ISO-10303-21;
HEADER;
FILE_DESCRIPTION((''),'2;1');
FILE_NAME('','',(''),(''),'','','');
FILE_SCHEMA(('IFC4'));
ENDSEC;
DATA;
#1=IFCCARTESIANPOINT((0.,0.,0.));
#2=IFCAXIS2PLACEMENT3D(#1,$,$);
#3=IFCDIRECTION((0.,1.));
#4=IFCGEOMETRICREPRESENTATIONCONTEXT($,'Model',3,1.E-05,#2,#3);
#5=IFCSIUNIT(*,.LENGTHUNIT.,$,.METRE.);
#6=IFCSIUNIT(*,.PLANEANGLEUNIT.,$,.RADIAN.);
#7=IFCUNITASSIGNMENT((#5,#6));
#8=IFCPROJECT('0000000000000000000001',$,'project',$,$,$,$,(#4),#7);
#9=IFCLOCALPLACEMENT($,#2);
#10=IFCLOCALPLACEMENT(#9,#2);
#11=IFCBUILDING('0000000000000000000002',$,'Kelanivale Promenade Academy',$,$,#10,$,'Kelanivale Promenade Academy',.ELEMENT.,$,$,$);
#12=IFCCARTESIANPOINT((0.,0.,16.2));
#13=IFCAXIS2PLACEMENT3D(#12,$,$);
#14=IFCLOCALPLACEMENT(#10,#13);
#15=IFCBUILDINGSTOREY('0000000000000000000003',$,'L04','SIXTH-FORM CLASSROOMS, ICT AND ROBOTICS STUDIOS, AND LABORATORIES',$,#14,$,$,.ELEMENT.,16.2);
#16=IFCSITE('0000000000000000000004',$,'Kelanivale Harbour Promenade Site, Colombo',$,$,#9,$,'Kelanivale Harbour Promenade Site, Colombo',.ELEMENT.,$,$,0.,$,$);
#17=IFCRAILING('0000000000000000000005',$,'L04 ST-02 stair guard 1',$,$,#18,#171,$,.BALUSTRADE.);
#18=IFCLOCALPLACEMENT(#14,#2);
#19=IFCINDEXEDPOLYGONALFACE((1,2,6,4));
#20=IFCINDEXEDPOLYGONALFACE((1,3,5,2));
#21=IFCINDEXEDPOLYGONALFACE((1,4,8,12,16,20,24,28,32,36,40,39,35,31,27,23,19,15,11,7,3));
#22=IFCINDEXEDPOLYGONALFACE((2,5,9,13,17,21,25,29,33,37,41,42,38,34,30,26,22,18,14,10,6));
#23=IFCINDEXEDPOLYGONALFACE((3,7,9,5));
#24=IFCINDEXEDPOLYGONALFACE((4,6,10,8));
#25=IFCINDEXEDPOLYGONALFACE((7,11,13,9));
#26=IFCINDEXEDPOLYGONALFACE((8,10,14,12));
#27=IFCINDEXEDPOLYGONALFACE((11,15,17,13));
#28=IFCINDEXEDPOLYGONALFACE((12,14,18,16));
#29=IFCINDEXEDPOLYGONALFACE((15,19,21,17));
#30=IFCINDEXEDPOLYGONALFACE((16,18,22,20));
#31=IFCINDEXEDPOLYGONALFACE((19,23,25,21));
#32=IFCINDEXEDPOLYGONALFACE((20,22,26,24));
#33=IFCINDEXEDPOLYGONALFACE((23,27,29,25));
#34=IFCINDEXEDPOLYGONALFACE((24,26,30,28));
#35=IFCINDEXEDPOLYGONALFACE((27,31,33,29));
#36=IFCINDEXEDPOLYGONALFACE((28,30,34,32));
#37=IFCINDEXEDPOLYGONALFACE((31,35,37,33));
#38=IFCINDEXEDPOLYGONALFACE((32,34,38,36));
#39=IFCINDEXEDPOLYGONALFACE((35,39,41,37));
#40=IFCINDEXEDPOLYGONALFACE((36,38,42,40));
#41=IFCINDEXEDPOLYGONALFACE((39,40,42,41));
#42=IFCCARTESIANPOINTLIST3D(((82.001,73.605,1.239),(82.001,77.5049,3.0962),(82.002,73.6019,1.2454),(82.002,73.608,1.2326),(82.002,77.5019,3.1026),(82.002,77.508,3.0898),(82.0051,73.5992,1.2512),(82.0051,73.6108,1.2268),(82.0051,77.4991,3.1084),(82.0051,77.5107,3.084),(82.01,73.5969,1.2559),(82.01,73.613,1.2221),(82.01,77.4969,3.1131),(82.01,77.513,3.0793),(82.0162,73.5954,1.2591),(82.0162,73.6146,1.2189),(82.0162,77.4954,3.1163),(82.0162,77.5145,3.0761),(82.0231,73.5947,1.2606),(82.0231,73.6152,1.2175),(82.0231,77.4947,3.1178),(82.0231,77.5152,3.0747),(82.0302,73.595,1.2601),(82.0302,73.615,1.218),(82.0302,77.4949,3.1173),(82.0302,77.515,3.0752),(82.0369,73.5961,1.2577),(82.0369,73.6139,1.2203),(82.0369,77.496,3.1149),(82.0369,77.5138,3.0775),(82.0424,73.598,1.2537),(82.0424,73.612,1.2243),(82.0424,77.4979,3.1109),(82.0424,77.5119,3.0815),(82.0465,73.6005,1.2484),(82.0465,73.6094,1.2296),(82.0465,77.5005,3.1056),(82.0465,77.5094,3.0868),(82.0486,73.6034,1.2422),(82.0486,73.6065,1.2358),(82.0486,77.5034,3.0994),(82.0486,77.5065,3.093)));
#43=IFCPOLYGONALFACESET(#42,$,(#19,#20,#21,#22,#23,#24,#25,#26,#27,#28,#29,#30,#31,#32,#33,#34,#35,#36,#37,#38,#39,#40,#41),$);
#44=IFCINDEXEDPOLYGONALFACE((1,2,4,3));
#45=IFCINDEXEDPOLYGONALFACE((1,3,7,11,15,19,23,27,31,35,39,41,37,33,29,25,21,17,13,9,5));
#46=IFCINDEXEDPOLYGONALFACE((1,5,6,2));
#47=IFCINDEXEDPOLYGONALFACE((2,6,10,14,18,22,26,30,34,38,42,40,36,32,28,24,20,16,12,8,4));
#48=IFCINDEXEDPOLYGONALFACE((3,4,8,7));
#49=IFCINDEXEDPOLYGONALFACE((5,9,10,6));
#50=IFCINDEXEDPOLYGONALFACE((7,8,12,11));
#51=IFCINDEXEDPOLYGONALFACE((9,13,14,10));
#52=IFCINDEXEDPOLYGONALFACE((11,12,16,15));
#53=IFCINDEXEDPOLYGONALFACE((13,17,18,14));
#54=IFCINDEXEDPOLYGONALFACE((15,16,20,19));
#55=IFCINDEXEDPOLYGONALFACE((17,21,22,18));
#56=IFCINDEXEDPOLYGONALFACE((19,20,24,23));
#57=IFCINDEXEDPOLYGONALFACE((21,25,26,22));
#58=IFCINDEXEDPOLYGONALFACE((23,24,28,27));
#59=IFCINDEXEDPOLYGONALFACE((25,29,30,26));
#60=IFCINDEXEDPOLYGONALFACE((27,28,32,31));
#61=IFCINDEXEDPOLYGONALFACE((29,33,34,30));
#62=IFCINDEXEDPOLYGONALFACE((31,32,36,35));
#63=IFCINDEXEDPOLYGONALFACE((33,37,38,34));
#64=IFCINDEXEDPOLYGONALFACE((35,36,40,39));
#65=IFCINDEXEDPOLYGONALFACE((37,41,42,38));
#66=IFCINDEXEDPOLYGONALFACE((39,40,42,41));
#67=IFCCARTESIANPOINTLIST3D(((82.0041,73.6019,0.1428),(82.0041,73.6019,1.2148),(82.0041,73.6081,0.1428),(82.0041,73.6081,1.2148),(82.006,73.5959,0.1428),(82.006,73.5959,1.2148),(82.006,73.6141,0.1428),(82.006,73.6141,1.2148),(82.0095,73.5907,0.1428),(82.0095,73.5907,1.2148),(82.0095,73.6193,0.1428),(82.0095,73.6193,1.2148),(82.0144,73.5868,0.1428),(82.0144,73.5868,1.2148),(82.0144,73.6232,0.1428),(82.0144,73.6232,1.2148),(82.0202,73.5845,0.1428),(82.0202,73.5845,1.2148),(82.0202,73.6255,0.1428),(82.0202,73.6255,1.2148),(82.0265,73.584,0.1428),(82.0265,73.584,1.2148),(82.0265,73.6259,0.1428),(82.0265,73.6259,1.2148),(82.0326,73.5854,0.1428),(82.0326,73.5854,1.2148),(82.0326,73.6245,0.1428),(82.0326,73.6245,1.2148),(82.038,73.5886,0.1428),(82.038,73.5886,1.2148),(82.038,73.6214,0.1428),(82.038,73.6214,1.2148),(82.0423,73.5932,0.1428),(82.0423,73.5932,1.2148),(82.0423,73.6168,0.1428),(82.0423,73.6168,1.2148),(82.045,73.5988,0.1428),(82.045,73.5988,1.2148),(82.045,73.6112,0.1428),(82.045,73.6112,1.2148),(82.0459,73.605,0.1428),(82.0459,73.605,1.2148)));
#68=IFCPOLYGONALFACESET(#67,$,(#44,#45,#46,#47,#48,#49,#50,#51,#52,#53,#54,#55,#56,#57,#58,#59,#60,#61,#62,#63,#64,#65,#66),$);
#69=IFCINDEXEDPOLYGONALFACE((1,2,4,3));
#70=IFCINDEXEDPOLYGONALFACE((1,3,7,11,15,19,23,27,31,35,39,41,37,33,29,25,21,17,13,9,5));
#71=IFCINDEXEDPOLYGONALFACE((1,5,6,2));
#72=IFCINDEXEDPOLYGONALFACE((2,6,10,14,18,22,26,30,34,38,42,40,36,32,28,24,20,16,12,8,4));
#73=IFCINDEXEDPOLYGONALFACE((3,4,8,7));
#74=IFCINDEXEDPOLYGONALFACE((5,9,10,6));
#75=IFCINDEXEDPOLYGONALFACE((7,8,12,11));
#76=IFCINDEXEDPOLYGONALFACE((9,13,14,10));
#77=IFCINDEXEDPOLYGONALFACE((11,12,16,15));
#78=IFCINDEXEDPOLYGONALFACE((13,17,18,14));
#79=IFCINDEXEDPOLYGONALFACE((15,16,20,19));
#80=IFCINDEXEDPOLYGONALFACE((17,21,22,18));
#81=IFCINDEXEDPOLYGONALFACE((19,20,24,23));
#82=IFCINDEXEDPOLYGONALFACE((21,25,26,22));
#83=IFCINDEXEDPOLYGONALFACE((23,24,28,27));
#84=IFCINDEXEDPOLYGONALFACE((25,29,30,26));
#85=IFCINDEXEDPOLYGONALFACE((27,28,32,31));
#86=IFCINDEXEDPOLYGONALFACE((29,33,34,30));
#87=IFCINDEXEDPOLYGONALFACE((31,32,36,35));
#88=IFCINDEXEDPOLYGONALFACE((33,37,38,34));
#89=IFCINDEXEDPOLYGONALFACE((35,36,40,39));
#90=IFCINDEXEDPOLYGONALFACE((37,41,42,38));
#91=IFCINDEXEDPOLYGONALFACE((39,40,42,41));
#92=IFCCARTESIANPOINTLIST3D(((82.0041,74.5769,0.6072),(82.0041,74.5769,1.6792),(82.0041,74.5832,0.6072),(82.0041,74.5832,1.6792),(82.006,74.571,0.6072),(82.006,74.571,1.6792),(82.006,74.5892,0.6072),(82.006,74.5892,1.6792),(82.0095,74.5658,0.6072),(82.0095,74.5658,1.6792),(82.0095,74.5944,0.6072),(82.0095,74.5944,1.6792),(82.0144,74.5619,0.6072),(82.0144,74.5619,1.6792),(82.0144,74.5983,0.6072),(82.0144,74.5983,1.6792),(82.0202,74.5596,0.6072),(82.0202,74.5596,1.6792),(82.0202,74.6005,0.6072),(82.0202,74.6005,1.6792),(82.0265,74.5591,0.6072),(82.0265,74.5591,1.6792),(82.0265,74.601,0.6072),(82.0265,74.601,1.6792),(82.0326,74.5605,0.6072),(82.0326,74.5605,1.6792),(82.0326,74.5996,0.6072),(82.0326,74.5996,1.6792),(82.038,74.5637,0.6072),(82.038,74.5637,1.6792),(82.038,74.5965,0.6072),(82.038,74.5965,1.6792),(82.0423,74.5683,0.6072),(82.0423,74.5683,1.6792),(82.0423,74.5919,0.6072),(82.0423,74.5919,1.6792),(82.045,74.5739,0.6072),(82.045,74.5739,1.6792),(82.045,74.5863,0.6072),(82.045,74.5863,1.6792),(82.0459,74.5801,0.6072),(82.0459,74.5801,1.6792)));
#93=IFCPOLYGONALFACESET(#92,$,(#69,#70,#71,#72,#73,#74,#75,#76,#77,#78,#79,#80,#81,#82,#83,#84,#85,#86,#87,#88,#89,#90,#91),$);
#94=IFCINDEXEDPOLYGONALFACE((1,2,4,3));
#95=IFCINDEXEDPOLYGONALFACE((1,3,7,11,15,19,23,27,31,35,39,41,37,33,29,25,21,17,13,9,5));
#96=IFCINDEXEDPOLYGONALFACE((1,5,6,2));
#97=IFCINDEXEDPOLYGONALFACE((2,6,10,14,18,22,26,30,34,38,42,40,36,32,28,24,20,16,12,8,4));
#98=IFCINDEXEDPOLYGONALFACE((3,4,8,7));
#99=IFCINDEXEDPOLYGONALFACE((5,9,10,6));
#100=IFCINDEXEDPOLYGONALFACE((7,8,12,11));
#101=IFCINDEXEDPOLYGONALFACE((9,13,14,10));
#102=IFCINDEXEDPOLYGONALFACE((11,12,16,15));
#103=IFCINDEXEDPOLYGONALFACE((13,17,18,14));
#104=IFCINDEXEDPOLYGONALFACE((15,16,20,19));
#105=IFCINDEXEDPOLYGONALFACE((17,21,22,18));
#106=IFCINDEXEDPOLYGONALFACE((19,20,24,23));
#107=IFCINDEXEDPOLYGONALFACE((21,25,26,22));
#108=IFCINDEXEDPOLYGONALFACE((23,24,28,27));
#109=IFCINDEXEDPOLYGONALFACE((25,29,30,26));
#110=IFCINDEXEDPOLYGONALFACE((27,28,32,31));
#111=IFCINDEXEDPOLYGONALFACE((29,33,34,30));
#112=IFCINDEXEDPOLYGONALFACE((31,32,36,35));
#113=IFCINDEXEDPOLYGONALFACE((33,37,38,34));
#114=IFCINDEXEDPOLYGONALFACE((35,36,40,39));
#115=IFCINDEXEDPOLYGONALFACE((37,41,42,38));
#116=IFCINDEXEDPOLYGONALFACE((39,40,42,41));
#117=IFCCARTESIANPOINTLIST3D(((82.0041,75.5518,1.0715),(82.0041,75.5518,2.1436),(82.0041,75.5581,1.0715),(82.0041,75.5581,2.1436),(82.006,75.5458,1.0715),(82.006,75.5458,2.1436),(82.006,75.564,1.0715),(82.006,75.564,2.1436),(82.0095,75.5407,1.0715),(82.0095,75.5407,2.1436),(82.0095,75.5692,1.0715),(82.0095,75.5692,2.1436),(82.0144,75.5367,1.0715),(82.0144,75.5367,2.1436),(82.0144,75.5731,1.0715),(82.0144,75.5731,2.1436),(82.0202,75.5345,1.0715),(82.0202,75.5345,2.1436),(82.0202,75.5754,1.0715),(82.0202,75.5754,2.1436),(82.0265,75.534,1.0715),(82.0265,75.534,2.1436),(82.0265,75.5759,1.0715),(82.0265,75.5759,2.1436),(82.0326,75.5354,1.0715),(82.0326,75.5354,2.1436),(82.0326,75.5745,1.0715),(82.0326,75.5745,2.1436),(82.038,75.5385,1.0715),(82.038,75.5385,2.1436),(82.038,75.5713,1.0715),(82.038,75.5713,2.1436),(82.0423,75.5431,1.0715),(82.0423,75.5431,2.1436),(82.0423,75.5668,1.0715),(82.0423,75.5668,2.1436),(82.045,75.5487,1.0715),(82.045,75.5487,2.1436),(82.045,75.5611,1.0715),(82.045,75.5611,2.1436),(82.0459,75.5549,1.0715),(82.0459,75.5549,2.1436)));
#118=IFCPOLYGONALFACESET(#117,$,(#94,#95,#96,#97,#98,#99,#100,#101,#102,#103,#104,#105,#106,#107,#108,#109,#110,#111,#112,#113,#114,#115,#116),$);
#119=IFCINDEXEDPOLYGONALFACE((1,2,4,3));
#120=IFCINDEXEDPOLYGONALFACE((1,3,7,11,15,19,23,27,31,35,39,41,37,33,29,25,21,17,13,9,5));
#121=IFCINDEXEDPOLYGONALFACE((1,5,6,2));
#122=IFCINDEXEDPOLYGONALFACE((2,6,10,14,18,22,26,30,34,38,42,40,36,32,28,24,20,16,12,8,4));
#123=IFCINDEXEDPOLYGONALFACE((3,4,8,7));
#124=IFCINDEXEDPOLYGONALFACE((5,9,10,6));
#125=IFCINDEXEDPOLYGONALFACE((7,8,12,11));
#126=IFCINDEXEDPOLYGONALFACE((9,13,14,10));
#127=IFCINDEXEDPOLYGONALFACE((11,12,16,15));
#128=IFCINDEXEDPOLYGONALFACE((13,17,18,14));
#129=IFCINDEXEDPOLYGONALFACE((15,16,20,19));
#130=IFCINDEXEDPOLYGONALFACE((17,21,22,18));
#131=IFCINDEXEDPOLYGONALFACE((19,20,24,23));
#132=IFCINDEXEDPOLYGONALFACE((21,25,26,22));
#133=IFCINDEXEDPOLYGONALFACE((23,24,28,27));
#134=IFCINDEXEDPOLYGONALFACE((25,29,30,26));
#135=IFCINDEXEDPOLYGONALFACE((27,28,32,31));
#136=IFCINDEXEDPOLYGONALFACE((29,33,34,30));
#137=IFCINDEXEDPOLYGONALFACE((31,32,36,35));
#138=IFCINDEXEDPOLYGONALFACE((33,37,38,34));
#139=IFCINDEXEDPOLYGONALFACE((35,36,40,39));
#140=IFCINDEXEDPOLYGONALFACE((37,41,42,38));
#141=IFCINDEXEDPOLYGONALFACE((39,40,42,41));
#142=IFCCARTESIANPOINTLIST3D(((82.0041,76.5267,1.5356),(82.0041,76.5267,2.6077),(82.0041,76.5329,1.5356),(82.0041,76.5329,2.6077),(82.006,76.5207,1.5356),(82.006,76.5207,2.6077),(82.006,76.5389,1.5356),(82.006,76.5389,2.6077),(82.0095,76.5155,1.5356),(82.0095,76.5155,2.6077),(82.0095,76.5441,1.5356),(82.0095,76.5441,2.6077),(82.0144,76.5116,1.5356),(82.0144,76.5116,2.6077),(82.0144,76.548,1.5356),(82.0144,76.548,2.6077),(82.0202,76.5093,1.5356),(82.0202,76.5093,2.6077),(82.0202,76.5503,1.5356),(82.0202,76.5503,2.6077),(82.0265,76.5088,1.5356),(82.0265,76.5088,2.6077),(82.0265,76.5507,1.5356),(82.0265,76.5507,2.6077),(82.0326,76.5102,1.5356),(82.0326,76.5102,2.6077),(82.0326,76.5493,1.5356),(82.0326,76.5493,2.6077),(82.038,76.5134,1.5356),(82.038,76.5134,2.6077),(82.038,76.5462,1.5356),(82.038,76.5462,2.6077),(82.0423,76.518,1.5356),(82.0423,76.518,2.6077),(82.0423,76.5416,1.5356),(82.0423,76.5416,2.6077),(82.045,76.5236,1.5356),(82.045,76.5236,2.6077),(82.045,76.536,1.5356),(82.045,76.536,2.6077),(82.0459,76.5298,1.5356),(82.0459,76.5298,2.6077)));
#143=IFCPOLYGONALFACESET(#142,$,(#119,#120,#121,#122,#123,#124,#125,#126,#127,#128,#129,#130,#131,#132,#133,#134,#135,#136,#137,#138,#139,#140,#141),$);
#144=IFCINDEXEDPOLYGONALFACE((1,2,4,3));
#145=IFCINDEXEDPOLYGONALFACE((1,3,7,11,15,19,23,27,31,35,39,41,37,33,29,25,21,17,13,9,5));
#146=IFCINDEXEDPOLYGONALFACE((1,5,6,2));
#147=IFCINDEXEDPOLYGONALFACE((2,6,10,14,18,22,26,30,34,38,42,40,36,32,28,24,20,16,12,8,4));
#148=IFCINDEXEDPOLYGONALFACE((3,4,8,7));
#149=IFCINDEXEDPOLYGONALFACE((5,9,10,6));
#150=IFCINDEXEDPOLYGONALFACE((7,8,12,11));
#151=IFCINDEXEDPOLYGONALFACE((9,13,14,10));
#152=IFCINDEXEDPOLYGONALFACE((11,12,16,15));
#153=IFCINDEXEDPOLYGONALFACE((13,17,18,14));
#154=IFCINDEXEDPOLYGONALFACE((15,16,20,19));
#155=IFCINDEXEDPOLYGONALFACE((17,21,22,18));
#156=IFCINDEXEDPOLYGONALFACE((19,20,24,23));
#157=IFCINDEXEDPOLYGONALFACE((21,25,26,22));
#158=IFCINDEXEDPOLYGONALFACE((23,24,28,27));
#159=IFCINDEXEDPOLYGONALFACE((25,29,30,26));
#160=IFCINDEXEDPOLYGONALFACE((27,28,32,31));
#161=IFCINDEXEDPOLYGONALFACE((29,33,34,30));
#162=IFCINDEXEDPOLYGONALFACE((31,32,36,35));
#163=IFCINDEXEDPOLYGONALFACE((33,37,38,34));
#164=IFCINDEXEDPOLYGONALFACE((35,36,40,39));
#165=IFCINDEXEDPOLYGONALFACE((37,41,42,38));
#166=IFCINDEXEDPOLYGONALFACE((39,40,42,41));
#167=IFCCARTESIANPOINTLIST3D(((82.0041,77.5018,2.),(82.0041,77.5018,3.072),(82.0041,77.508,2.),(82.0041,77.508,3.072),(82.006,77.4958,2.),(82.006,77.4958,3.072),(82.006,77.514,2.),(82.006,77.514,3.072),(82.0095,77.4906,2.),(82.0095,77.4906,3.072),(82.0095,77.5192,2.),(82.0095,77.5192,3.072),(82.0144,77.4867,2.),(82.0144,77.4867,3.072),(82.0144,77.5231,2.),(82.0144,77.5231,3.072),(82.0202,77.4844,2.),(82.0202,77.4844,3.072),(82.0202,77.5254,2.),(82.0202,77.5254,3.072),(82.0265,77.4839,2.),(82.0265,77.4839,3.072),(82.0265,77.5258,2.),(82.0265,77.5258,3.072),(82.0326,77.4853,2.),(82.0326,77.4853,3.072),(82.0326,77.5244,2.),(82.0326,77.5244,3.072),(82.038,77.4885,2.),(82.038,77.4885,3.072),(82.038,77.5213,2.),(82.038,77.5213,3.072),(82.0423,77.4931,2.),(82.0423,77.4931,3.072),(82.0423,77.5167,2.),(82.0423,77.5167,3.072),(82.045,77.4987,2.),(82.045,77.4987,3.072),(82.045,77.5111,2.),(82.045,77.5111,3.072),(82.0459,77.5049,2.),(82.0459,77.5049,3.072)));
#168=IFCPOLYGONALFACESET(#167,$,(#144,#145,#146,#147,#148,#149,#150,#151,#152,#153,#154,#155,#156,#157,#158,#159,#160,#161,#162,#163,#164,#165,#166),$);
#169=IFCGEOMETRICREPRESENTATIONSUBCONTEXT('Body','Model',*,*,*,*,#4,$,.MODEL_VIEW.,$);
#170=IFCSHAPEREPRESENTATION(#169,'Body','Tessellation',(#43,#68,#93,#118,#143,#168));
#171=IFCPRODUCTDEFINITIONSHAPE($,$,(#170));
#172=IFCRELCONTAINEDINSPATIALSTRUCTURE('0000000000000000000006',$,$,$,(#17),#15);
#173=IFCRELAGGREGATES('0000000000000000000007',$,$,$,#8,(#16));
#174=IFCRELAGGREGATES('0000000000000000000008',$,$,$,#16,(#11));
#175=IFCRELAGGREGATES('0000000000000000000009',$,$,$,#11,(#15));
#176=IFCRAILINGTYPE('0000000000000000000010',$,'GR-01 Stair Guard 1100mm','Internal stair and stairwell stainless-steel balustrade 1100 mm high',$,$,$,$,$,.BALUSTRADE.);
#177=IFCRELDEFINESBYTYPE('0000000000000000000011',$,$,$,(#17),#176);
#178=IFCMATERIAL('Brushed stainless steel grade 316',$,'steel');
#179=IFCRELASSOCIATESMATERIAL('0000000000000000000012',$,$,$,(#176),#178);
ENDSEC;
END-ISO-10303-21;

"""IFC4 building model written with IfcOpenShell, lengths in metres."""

from ifc_helpers import new_model, si_unit, direction, frame, origin, origin_2d, place, context, subcontext, project, spatial, circle, extrude, material, type_object, element, save


model = new_model("IFC4")

# Units and contexts
model_context = context("Model", 3, precision=1e-05, world=origin(), true_north=direction((0.0, 1.0)))
body_context = subcontext(model_context, "Body", "Model", "MODEL_VIEW")
ifc_project = project(units=[si_unit("LENGTHUNIT", "METRE"), si_unit("PLANEANGLEUNIT", "RADIAN")], contexts=[model_context])

# Site, building, storey
site_placement = place(None, origin())
site = spatial("IfcSite", under=ifc_project, at=site_placement, Name="Kelanivale Harbour Promenade Site, Colombo", LongName="Kelanivale Harbour Promenade Site, Colombo", CompositionType="ELEMENT", RefElevation=0.0)
building_placement = place(site_placement, origin())
building = spatial("IfcBuilding", under=site, at=building_placement, Name="Kelanivale Promenade Academy", LongName="Kelanivale Promenade Academy", CompositionType="ELEMENT")
storey_placement = place(building_placement, frame((0.0, 0.0, 16.2)))
storey = spatial("IfcBuildingStorey", under=building, at=storey_placement, Name="L04", Description="SIXTH-FORM CLASSROOMS, ICT AND ROBOTICS STUDIOS, AND LABORATORIES", CompositionType="ELEMENT", Elevation=16.2)

# Railing
ifc_material_1 = material(Name="Brushed stainless steel grade 316", Category="steel")
railing_type_1 = type_object("IfcRailingType", Name="GR-01 Stair Guard 1100mm", Description="Internal stair and stairwell stainless-steel balustrade 1100 mm high", PredefinedType="BALUSTRADE", material=ifc_material_1)
railing_1_placement = place(storey_placement, frame((82.0249, 73.605, 0.1428)))
element("IfcRailing", 1, at=railing_1_placement, inside=storey, type_object=railing_type_1, Name="L04 ST-02 stair guard 1", PredefinedType="BALUSTRADE", context=body_context, shape_type="SweptSolid", body=[
    extrude(circle(Radius=0.0239, at=origin_2d()), frame((0.0, 0.0, 1.0962), z_axis=(0.0, 0.902853, 0.429949), x_axis=(-1.0, 0.0, 0.0)), (0.0, 0.0, 1.0), 4.3196),
    extrude(circle(Radius=0.021, at=origin_2d()), origin(), (0.0, 0.0, 1.0), 1.072),
    extrude(circle(Radius=0.021, at=origin_2d()), frame((0.0, 0.9751, 0.4644)), (0.0, 0.0, 1.0), 1.072),
    extrude(circle(Radius=0.021, at=origin_2d()), frame((0.0, 1.95, 0.9287)), (0.0, 0.0, 1.0), 1.072),
    extrude(circle(Radius=0.021, at=origin_2d()), frame((0.0, 2.9248, 1.3928)), (0.0, 0.0, 1.0), 1.072),
    extrude(circle(Radius=0.021, at=origin_2d()), frame((0.0, 3.8999, 1.8572)), (0.0, 0.0, 1.0), 1.072),
])

save(model, "model.ifc")
